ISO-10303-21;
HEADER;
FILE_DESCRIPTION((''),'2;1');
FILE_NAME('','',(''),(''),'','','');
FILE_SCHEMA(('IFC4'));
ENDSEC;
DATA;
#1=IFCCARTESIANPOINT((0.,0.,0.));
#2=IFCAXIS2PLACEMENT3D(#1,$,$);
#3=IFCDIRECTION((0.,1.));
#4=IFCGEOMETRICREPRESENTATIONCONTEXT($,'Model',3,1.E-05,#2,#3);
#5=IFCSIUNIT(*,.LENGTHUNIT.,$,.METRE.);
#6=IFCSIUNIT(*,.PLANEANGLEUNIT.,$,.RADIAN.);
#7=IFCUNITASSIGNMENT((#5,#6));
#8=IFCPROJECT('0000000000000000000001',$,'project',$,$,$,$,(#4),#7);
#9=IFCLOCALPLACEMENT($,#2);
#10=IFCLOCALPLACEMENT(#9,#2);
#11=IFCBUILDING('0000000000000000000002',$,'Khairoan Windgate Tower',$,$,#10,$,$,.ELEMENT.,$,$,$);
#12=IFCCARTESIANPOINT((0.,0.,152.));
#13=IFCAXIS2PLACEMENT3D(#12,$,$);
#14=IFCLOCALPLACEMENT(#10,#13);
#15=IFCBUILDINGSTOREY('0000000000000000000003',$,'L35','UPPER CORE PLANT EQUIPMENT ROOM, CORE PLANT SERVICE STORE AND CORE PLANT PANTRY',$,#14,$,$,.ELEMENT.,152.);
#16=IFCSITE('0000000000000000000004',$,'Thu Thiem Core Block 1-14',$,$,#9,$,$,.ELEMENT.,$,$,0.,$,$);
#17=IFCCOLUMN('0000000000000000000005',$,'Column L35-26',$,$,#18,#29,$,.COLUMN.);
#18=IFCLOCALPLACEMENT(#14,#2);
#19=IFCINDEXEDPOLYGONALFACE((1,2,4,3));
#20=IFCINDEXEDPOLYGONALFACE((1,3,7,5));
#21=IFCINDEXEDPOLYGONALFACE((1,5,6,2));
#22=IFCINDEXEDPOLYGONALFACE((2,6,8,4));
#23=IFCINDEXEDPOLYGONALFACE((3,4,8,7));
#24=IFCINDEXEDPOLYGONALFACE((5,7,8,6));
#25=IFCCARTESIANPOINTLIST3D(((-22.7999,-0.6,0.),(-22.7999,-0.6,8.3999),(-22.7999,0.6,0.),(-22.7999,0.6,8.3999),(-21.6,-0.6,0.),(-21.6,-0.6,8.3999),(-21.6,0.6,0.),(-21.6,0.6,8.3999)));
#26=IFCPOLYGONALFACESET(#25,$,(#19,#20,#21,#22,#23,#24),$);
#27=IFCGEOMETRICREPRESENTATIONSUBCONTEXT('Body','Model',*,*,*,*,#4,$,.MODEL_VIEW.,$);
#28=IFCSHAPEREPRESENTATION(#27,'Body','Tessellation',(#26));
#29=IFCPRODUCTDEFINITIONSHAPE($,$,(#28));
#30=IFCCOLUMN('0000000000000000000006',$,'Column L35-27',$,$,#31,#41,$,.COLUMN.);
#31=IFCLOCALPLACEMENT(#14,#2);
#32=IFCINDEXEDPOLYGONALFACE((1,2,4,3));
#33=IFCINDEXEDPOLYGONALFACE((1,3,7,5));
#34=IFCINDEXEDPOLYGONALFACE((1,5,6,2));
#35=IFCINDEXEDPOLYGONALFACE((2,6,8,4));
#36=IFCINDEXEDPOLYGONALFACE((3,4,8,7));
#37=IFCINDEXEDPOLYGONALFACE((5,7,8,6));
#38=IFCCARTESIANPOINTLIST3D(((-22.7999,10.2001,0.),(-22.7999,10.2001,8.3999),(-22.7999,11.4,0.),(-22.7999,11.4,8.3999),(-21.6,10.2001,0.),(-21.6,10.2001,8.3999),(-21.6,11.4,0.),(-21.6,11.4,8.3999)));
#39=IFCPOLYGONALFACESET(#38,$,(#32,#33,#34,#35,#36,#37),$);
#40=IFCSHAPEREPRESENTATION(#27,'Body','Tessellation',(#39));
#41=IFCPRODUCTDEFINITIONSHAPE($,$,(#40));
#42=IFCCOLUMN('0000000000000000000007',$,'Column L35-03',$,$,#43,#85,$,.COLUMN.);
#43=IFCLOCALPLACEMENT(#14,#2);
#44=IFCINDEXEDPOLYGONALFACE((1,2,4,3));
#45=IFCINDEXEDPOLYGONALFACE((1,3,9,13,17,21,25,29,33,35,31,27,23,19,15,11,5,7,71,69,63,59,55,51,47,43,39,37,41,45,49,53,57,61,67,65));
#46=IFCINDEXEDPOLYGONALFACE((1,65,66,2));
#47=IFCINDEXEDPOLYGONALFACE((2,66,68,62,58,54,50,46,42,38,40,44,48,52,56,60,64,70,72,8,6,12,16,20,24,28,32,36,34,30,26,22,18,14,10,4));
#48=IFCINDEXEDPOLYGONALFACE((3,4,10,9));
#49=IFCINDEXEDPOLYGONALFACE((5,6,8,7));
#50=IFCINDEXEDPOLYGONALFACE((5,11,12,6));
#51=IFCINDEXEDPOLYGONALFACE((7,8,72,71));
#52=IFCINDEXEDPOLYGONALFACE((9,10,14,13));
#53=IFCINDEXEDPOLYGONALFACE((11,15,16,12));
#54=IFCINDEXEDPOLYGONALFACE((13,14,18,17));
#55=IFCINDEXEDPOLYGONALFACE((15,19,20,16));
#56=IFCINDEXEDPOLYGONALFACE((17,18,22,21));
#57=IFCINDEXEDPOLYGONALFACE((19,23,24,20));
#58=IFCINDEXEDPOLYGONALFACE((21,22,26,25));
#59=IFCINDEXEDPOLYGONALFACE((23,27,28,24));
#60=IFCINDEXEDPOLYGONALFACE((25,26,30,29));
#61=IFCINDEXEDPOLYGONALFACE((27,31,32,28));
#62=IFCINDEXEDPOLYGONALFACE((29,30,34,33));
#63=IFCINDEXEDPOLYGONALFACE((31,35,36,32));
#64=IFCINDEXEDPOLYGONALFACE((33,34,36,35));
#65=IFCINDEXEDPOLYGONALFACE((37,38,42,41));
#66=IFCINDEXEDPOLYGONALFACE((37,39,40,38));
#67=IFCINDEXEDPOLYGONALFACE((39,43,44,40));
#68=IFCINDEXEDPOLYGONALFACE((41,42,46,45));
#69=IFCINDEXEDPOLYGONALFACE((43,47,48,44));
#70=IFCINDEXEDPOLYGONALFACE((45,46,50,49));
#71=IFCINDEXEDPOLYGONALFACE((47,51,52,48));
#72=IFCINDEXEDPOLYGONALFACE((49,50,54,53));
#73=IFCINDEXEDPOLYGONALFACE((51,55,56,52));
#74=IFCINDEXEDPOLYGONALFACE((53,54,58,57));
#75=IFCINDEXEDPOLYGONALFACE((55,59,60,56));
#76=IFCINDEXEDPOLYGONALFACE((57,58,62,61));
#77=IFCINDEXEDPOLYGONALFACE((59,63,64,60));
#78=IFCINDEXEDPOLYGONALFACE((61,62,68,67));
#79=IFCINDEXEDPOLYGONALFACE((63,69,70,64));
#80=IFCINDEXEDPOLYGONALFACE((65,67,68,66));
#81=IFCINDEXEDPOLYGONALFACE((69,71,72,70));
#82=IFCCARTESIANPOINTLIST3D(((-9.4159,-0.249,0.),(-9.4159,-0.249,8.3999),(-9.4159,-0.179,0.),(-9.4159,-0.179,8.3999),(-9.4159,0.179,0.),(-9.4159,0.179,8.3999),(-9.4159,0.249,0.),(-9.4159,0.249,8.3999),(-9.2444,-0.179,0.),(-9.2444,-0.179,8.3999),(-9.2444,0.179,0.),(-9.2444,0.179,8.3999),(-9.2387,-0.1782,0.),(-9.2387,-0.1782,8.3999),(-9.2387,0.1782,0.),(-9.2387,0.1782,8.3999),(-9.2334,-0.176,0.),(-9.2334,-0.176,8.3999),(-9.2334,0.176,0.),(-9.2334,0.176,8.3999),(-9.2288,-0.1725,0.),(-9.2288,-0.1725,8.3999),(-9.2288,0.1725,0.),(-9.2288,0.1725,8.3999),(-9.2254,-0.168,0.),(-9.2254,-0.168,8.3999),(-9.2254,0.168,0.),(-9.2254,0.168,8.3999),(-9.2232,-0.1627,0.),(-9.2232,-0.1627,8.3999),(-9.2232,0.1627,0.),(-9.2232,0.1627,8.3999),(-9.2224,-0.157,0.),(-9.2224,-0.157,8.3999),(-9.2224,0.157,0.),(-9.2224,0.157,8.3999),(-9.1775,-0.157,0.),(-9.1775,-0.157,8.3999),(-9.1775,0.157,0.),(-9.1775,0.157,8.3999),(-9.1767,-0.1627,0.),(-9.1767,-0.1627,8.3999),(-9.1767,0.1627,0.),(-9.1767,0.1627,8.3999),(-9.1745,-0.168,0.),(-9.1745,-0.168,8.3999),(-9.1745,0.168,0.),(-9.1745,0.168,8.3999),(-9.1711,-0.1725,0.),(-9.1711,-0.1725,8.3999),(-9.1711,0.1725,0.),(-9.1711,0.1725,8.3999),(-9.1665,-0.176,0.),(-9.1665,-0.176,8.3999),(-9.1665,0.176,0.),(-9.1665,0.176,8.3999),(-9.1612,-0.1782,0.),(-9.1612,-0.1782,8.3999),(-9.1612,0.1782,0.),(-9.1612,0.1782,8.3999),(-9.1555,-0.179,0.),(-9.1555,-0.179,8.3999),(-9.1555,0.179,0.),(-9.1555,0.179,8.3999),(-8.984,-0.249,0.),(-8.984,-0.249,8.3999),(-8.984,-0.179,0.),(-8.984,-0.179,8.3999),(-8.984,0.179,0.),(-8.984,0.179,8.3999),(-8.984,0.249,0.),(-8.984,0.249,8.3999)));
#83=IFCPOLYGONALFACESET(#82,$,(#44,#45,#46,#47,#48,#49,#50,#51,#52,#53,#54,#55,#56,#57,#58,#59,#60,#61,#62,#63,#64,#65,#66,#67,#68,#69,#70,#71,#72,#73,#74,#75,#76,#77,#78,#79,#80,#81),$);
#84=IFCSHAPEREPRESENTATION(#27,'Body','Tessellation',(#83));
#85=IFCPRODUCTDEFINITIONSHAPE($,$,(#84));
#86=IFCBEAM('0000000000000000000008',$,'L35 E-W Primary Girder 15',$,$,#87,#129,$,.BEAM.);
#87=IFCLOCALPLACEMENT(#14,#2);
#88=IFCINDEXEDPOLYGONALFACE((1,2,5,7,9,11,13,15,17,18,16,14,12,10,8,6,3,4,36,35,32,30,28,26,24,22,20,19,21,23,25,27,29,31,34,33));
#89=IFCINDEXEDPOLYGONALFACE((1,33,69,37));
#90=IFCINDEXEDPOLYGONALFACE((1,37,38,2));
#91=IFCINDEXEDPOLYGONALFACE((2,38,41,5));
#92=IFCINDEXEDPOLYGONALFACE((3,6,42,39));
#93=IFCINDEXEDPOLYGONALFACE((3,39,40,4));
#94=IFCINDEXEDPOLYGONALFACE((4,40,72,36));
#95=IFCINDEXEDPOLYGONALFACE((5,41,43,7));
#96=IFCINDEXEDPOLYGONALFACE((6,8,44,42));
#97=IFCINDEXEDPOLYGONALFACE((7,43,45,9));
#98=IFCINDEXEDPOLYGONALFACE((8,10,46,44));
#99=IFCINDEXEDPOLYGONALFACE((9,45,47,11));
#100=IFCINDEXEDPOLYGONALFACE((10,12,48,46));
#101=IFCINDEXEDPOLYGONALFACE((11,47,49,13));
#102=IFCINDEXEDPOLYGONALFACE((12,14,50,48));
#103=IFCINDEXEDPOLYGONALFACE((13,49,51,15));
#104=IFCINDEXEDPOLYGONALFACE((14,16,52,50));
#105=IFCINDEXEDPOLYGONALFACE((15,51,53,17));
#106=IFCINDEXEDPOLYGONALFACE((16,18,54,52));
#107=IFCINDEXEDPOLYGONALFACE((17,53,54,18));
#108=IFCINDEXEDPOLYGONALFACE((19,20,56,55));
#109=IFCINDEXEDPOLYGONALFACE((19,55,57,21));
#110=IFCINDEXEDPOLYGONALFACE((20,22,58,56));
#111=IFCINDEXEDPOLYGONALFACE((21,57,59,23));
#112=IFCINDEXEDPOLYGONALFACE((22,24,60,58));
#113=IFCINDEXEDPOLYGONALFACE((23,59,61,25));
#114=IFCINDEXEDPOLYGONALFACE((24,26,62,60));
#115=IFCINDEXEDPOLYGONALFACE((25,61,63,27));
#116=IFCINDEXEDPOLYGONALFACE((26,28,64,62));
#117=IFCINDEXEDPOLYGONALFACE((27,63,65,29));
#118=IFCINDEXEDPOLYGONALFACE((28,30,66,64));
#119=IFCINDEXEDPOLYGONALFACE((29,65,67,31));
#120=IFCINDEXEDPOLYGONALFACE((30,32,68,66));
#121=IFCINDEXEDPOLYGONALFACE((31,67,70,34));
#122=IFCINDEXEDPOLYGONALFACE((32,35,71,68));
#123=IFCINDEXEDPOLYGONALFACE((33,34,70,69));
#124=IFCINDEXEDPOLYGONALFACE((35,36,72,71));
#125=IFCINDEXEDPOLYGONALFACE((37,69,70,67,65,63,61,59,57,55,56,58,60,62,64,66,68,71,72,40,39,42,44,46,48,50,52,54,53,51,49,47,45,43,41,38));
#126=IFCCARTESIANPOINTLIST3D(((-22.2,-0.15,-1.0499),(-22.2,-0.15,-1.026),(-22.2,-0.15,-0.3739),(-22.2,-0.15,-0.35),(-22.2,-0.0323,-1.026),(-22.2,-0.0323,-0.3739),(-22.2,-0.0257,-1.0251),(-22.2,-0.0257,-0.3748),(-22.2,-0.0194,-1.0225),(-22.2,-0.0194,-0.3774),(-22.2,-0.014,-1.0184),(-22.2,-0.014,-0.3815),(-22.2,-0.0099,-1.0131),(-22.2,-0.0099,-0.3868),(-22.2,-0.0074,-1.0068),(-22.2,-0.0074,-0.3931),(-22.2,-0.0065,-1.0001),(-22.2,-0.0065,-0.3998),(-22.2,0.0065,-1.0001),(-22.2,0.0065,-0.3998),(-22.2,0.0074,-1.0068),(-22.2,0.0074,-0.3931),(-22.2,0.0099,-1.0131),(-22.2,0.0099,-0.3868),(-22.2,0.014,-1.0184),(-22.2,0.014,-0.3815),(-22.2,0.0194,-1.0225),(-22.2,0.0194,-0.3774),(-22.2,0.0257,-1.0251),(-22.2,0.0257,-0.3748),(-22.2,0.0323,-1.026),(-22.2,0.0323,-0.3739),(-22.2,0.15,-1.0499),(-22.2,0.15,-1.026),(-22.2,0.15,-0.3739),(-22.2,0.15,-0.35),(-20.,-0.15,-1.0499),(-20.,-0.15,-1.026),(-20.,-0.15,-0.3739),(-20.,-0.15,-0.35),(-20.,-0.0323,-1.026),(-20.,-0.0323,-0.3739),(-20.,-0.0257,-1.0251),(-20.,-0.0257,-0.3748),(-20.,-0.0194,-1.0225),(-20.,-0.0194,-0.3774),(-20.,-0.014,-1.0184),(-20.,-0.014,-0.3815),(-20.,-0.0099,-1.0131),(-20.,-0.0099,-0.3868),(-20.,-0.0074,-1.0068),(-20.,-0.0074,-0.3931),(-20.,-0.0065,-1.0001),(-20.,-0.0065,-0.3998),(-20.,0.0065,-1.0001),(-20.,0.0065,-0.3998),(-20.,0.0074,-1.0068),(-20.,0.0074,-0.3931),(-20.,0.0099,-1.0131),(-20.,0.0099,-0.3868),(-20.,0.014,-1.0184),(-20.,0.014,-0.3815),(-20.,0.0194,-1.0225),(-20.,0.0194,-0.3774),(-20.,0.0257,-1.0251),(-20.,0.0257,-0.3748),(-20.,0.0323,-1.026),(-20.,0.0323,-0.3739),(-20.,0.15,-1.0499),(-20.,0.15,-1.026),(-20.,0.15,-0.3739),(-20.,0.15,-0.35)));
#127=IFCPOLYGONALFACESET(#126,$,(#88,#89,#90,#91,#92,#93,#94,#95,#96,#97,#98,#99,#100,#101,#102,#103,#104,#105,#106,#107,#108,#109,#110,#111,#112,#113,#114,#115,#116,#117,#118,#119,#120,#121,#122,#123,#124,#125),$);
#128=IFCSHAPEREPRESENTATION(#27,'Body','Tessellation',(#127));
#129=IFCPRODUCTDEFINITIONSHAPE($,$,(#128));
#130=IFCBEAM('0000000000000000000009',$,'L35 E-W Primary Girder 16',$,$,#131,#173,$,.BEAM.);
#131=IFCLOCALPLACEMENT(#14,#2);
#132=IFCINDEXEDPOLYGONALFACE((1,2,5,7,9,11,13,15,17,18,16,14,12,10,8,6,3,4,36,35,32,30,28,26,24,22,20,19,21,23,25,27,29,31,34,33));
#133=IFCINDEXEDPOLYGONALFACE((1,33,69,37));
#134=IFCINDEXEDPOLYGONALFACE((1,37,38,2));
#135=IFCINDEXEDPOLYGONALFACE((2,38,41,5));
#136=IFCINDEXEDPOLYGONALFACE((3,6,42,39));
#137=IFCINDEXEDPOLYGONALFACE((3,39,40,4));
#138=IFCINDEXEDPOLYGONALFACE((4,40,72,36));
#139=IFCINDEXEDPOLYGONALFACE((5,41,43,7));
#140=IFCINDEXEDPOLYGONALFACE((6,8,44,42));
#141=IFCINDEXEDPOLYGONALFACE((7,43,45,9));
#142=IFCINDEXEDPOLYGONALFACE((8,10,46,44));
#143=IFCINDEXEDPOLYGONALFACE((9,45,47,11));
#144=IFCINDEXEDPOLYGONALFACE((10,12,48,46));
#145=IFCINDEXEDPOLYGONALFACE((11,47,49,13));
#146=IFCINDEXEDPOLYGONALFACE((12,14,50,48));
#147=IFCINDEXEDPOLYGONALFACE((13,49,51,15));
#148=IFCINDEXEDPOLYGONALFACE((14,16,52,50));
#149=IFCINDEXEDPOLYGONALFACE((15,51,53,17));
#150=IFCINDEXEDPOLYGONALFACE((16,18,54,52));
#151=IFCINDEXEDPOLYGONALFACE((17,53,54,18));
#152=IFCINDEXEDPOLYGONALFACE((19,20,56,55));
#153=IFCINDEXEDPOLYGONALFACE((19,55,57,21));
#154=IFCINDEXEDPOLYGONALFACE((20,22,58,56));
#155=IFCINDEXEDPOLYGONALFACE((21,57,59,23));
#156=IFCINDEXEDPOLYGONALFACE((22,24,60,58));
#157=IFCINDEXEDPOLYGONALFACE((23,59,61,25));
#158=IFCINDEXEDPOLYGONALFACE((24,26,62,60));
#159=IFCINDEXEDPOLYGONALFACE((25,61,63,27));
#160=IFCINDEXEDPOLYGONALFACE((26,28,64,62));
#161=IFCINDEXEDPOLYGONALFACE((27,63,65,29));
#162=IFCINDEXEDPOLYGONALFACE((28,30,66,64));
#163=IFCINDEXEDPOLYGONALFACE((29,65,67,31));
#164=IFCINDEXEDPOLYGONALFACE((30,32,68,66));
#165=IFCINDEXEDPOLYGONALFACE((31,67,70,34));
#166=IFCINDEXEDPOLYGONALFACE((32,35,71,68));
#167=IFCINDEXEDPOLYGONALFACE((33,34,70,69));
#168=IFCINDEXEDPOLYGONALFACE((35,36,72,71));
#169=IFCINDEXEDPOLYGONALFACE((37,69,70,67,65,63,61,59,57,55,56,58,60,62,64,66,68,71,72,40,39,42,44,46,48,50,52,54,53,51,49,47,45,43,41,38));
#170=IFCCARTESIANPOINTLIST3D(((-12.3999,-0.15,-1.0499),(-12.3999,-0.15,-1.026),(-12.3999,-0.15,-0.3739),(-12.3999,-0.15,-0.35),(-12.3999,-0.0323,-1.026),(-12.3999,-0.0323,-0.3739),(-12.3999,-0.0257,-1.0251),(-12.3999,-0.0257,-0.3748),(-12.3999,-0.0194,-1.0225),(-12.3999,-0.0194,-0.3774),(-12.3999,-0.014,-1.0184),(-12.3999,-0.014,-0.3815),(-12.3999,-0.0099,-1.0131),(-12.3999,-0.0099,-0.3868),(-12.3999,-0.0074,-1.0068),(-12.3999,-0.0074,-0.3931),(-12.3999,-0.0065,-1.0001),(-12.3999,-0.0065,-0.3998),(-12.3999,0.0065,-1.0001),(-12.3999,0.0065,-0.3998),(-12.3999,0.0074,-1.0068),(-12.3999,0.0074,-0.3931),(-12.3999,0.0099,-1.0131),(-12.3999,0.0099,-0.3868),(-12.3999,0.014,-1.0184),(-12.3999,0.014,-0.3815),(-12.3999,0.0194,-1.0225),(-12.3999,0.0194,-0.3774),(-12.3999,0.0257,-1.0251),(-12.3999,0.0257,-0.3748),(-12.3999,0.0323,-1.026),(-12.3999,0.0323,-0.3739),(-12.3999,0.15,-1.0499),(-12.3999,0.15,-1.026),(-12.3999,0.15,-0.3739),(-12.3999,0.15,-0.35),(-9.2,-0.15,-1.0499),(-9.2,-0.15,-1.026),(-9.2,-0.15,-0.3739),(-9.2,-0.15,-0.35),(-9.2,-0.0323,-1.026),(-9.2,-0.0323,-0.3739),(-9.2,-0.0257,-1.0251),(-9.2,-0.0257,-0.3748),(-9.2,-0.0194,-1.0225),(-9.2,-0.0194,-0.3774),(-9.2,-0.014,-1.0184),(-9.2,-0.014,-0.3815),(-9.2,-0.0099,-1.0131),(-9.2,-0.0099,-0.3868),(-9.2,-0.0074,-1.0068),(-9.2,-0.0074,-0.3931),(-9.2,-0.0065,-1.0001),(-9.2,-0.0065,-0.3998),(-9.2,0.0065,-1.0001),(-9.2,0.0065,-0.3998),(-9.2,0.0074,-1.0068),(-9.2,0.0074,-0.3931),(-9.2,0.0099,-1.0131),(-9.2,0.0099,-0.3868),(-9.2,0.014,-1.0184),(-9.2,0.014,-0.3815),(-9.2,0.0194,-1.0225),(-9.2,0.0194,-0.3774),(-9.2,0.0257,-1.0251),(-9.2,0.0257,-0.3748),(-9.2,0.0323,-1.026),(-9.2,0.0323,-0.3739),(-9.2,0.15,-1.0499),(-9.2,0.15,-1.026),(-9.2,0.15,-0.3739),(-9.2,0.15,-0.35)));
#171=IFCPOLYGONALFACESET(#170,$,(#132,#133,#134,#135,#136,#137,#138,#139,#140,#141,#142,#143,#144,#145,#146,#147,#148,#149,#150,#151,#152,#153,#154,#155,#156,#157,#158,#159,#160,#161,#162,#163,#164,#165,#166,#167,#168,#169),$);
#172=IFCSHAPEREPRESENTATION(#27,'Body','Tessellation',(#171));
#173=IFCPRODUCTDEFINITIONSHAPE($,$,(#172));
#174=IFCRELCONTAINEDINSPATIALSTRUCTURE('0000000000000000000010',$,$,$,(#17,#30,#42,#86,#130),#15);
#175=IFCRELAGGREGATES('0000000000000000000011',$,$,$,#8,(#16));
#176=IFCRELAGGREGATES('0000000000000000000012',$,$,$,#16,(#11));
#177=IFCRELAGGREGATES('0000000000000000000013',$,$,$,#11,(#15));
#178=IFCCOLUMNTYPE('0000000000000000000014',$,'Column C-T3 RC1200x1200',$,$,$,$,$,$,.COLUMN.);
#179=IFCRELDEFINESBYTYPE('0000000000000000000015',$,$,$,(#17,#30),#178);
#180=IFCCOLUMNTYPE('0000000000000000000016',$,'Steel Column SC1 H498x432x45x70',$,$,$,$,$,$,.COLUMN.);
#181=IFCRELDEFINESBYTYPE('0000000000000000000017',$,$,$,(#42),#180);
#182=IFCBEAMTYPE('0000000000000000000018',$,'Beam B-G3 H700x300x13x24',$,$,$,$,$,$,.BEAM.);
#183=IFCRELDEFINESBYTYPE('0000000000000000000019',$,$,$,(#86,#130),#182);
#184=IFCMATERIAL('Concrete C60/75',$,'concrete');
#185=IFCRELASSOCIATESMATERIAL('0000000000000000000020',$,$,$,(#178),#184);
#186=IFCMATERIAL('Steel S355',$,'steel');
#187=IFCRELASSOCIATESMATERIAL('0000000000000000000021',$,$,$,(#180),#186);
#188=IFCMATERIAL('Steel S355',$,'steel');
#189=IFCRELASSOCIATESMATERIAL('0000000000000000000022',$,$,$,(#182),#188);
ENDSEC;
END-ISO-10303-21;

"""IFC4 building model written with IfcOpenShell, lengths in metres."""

from ifc_helpers import new_model, si_unit, direction, frame, origin, origin_2d, place, context, subcontext, project, spatial, rectangle, i_section, extrude, material, material_profile, profile_set, type_object, element, save


model = new_model("IFC4")

# Units and contexts
model_context = context("Model", 3, precision=1e-05, world=origin(), true_north=direction((0.0, 1.0)))
body_context = subcontext(model_context, "Body", "Model", "MODEL_VIEW")
ifc_project = project(units=[si_unit("LENGTHUNIT", "METRE"), si_unit("PLANEANGLEUNIT", "RADIAN")], contexts=[model_context])

# Site, building, storey
site_placement = place(None, origin())
site = spatial("IfcSite", under=ifc_project, at=site_placement, Name="Thu Thiem Core Block 1-14", CompositionType="ELEMENT", RefElevation=0.0)
building_placement = place(site_placement, origin())
building = spatial("IfcBuilding", under=site, at=building_placement, Name="Khairoan Windgate Tower", CompositionType="ELEMENT")
storey_placement = place(building_placement, frame((0.0, 0.0, 152.0)))
storey = spatial("IfcBuildingStorey", under=building, at=storey_placement, Name="L35", Description="UPPER CORE PLANT EQUIPMENT ROOM, CORE PLANT SERVICE STORE AND CORE PLANT PANTRY", CompositionType="ELEMENT", Elevation=152.0)

# Columns
ifc_material_1 = material(Name="Concrete C60/75", Category="concrete")
ifc_material_profile_1 = material_profile(ifc_material_1, rectangle(XDim=1.2, YDim=1.2, at=origin_2d()))
ifc_profile_set_1 = profile_set([ifc_material_profile_1], Name="Concrete C60/75")
column_type_1 = type_object("IfcColumnType", Name="Column C-T3 RC1200x1200", PredefinedType="COLUMN", material=ifc_profile_set_1)
for number, where, z_axis, x_axis, name in (
    (1, (-22.2, 0.0, 0.0), (0.0, 0.0, 1.0), (1.0, 0.0, 0.0), "Column L35-26"),
    (2, (-22.2, 10.8, 0.0), (0.0, 0.0, 1.0), (1.0, 0.0, 0.0), "Column L35-27"),
):
    element("IfcColumn", number, at=place(storey_placement, frame(where, z_axis=z_axis, x_axis=x_axis)), inside=storey, type_object=column_type_1, Name=name, PredefinedType="COLUMN", context=body_context, shape_type="SweptSolid", body=[
        extrude(rectangle(XDim=1.2, YDim=1.2, at=origin_2d()), origin(), (0.0, 0.0, 1.0), 8.3999),
    ])
ifc_material_2 = material(Name="Steel S355", Category="steel")
ifc_material_profile_2 = material_profile(ifc_material_2, i_section(OverallWidth=0.4319, OverallDepth=0.498, WebThickness=0.0449, FlangeThickness=0.0701, FilletRadius=0.022, at=origin_2d()))
ifc_profile_set_2 = profile_set([ifc_material_profile_2], Name="Steel S355")
column_type_2 = type_object("IfcColumnType", Name="Steel Column SC1 H498x432x45x70", PredefinedType="COLUMN", material=ifc_profile_set_2)
column_placement = place(storey_placement, frame((-9.2, 0.0, 0.0), z_axis=(0.0, 0.0, 1.0), x_axis=(1.0, 0.0, 0.0)))
element("IfcColumn", 3, at=column_placement, inside=storey, type_object=column_type_2, Name="Column L35-03", PredefinedType="COLUMN", context=body_context, shape_type="SweptSolid", body=[
    extrude(i_section(OverallWidth=0.4319, OverallDepth=0.498, WebThickness=0.0449, FlangeThickness=0.0701, FilletRadius=0.022, at=origin_2d()), origin(), (0.0, 0.0, 1.0), 8.3999),
])

# Beams
ifc_material_3 = material(Name="Steel S355", Category="steel")
ifc_material_profile_3 = material_profile(ifc_material_3, i_section(OverallWidth=0.3, OverallDepth=0.7, WebThickness=0.0129, FlangeThickness=0.0239, FilletRadius=0.0259, at=origin_2d()))
ifc_profile_set_3 = profile_set([ifc_material_profile_3], Name="Steel S355")
beam_type_1 = type_object("IfcBeamType", Name="Beam B-G3 H700x300x13x24", PredefinedType="BEAM", material=ifc_profile_set_3)
beam_1_placement = place(storey_placement, frame((-22.2, 0.0, -0.7), z_axis=(1.0, 0.0, 0.0), x_axis=(0.0, 1.0, 0.0)))
element("IfcBeam", 4, at=beam_1_placement, inside=storey, type_object=beam_type_1, Name="L35 E-W Primary Girder 15", PredefinedType="BEAM", context=body_context, shape_type="SweptSolid", body=[
    extrude(i_section(OverallWidth=0.3, OverallDepth=0.7, WebThickness=0.0129, FlangeThickness=0.0239, FilletRadius=0.0259, at=origin_2d()), origin(), (0.0, 0.0, 1.0), 2.2),
])
beam_2_placement = place(storey_placement, frame((-12.3999, 0.0, -0.7), z_axis=(1.0, 0.0, 0.0), x_axis=(0.0, 1.0, 0.0)))
element("IfcBeam", 5, at=beam_2_placement, inside=storey, type_object=beam_type_1, Name="L35 E-W Primary Girder 16", PredefinedType="BEAM", context=body_context, shape_type="SweptSolid", body=[
    extrude(i_section(OverallWidth=0.3, OverallDepth=0.7, WebThickness=0.0129, FlangeThickness=0.0239, FilletRadius=0.0259, at=origin_2d()), origin(), (0.0, 0.0, 1.0), 3.2),
])

save(model, "model.ifc")
